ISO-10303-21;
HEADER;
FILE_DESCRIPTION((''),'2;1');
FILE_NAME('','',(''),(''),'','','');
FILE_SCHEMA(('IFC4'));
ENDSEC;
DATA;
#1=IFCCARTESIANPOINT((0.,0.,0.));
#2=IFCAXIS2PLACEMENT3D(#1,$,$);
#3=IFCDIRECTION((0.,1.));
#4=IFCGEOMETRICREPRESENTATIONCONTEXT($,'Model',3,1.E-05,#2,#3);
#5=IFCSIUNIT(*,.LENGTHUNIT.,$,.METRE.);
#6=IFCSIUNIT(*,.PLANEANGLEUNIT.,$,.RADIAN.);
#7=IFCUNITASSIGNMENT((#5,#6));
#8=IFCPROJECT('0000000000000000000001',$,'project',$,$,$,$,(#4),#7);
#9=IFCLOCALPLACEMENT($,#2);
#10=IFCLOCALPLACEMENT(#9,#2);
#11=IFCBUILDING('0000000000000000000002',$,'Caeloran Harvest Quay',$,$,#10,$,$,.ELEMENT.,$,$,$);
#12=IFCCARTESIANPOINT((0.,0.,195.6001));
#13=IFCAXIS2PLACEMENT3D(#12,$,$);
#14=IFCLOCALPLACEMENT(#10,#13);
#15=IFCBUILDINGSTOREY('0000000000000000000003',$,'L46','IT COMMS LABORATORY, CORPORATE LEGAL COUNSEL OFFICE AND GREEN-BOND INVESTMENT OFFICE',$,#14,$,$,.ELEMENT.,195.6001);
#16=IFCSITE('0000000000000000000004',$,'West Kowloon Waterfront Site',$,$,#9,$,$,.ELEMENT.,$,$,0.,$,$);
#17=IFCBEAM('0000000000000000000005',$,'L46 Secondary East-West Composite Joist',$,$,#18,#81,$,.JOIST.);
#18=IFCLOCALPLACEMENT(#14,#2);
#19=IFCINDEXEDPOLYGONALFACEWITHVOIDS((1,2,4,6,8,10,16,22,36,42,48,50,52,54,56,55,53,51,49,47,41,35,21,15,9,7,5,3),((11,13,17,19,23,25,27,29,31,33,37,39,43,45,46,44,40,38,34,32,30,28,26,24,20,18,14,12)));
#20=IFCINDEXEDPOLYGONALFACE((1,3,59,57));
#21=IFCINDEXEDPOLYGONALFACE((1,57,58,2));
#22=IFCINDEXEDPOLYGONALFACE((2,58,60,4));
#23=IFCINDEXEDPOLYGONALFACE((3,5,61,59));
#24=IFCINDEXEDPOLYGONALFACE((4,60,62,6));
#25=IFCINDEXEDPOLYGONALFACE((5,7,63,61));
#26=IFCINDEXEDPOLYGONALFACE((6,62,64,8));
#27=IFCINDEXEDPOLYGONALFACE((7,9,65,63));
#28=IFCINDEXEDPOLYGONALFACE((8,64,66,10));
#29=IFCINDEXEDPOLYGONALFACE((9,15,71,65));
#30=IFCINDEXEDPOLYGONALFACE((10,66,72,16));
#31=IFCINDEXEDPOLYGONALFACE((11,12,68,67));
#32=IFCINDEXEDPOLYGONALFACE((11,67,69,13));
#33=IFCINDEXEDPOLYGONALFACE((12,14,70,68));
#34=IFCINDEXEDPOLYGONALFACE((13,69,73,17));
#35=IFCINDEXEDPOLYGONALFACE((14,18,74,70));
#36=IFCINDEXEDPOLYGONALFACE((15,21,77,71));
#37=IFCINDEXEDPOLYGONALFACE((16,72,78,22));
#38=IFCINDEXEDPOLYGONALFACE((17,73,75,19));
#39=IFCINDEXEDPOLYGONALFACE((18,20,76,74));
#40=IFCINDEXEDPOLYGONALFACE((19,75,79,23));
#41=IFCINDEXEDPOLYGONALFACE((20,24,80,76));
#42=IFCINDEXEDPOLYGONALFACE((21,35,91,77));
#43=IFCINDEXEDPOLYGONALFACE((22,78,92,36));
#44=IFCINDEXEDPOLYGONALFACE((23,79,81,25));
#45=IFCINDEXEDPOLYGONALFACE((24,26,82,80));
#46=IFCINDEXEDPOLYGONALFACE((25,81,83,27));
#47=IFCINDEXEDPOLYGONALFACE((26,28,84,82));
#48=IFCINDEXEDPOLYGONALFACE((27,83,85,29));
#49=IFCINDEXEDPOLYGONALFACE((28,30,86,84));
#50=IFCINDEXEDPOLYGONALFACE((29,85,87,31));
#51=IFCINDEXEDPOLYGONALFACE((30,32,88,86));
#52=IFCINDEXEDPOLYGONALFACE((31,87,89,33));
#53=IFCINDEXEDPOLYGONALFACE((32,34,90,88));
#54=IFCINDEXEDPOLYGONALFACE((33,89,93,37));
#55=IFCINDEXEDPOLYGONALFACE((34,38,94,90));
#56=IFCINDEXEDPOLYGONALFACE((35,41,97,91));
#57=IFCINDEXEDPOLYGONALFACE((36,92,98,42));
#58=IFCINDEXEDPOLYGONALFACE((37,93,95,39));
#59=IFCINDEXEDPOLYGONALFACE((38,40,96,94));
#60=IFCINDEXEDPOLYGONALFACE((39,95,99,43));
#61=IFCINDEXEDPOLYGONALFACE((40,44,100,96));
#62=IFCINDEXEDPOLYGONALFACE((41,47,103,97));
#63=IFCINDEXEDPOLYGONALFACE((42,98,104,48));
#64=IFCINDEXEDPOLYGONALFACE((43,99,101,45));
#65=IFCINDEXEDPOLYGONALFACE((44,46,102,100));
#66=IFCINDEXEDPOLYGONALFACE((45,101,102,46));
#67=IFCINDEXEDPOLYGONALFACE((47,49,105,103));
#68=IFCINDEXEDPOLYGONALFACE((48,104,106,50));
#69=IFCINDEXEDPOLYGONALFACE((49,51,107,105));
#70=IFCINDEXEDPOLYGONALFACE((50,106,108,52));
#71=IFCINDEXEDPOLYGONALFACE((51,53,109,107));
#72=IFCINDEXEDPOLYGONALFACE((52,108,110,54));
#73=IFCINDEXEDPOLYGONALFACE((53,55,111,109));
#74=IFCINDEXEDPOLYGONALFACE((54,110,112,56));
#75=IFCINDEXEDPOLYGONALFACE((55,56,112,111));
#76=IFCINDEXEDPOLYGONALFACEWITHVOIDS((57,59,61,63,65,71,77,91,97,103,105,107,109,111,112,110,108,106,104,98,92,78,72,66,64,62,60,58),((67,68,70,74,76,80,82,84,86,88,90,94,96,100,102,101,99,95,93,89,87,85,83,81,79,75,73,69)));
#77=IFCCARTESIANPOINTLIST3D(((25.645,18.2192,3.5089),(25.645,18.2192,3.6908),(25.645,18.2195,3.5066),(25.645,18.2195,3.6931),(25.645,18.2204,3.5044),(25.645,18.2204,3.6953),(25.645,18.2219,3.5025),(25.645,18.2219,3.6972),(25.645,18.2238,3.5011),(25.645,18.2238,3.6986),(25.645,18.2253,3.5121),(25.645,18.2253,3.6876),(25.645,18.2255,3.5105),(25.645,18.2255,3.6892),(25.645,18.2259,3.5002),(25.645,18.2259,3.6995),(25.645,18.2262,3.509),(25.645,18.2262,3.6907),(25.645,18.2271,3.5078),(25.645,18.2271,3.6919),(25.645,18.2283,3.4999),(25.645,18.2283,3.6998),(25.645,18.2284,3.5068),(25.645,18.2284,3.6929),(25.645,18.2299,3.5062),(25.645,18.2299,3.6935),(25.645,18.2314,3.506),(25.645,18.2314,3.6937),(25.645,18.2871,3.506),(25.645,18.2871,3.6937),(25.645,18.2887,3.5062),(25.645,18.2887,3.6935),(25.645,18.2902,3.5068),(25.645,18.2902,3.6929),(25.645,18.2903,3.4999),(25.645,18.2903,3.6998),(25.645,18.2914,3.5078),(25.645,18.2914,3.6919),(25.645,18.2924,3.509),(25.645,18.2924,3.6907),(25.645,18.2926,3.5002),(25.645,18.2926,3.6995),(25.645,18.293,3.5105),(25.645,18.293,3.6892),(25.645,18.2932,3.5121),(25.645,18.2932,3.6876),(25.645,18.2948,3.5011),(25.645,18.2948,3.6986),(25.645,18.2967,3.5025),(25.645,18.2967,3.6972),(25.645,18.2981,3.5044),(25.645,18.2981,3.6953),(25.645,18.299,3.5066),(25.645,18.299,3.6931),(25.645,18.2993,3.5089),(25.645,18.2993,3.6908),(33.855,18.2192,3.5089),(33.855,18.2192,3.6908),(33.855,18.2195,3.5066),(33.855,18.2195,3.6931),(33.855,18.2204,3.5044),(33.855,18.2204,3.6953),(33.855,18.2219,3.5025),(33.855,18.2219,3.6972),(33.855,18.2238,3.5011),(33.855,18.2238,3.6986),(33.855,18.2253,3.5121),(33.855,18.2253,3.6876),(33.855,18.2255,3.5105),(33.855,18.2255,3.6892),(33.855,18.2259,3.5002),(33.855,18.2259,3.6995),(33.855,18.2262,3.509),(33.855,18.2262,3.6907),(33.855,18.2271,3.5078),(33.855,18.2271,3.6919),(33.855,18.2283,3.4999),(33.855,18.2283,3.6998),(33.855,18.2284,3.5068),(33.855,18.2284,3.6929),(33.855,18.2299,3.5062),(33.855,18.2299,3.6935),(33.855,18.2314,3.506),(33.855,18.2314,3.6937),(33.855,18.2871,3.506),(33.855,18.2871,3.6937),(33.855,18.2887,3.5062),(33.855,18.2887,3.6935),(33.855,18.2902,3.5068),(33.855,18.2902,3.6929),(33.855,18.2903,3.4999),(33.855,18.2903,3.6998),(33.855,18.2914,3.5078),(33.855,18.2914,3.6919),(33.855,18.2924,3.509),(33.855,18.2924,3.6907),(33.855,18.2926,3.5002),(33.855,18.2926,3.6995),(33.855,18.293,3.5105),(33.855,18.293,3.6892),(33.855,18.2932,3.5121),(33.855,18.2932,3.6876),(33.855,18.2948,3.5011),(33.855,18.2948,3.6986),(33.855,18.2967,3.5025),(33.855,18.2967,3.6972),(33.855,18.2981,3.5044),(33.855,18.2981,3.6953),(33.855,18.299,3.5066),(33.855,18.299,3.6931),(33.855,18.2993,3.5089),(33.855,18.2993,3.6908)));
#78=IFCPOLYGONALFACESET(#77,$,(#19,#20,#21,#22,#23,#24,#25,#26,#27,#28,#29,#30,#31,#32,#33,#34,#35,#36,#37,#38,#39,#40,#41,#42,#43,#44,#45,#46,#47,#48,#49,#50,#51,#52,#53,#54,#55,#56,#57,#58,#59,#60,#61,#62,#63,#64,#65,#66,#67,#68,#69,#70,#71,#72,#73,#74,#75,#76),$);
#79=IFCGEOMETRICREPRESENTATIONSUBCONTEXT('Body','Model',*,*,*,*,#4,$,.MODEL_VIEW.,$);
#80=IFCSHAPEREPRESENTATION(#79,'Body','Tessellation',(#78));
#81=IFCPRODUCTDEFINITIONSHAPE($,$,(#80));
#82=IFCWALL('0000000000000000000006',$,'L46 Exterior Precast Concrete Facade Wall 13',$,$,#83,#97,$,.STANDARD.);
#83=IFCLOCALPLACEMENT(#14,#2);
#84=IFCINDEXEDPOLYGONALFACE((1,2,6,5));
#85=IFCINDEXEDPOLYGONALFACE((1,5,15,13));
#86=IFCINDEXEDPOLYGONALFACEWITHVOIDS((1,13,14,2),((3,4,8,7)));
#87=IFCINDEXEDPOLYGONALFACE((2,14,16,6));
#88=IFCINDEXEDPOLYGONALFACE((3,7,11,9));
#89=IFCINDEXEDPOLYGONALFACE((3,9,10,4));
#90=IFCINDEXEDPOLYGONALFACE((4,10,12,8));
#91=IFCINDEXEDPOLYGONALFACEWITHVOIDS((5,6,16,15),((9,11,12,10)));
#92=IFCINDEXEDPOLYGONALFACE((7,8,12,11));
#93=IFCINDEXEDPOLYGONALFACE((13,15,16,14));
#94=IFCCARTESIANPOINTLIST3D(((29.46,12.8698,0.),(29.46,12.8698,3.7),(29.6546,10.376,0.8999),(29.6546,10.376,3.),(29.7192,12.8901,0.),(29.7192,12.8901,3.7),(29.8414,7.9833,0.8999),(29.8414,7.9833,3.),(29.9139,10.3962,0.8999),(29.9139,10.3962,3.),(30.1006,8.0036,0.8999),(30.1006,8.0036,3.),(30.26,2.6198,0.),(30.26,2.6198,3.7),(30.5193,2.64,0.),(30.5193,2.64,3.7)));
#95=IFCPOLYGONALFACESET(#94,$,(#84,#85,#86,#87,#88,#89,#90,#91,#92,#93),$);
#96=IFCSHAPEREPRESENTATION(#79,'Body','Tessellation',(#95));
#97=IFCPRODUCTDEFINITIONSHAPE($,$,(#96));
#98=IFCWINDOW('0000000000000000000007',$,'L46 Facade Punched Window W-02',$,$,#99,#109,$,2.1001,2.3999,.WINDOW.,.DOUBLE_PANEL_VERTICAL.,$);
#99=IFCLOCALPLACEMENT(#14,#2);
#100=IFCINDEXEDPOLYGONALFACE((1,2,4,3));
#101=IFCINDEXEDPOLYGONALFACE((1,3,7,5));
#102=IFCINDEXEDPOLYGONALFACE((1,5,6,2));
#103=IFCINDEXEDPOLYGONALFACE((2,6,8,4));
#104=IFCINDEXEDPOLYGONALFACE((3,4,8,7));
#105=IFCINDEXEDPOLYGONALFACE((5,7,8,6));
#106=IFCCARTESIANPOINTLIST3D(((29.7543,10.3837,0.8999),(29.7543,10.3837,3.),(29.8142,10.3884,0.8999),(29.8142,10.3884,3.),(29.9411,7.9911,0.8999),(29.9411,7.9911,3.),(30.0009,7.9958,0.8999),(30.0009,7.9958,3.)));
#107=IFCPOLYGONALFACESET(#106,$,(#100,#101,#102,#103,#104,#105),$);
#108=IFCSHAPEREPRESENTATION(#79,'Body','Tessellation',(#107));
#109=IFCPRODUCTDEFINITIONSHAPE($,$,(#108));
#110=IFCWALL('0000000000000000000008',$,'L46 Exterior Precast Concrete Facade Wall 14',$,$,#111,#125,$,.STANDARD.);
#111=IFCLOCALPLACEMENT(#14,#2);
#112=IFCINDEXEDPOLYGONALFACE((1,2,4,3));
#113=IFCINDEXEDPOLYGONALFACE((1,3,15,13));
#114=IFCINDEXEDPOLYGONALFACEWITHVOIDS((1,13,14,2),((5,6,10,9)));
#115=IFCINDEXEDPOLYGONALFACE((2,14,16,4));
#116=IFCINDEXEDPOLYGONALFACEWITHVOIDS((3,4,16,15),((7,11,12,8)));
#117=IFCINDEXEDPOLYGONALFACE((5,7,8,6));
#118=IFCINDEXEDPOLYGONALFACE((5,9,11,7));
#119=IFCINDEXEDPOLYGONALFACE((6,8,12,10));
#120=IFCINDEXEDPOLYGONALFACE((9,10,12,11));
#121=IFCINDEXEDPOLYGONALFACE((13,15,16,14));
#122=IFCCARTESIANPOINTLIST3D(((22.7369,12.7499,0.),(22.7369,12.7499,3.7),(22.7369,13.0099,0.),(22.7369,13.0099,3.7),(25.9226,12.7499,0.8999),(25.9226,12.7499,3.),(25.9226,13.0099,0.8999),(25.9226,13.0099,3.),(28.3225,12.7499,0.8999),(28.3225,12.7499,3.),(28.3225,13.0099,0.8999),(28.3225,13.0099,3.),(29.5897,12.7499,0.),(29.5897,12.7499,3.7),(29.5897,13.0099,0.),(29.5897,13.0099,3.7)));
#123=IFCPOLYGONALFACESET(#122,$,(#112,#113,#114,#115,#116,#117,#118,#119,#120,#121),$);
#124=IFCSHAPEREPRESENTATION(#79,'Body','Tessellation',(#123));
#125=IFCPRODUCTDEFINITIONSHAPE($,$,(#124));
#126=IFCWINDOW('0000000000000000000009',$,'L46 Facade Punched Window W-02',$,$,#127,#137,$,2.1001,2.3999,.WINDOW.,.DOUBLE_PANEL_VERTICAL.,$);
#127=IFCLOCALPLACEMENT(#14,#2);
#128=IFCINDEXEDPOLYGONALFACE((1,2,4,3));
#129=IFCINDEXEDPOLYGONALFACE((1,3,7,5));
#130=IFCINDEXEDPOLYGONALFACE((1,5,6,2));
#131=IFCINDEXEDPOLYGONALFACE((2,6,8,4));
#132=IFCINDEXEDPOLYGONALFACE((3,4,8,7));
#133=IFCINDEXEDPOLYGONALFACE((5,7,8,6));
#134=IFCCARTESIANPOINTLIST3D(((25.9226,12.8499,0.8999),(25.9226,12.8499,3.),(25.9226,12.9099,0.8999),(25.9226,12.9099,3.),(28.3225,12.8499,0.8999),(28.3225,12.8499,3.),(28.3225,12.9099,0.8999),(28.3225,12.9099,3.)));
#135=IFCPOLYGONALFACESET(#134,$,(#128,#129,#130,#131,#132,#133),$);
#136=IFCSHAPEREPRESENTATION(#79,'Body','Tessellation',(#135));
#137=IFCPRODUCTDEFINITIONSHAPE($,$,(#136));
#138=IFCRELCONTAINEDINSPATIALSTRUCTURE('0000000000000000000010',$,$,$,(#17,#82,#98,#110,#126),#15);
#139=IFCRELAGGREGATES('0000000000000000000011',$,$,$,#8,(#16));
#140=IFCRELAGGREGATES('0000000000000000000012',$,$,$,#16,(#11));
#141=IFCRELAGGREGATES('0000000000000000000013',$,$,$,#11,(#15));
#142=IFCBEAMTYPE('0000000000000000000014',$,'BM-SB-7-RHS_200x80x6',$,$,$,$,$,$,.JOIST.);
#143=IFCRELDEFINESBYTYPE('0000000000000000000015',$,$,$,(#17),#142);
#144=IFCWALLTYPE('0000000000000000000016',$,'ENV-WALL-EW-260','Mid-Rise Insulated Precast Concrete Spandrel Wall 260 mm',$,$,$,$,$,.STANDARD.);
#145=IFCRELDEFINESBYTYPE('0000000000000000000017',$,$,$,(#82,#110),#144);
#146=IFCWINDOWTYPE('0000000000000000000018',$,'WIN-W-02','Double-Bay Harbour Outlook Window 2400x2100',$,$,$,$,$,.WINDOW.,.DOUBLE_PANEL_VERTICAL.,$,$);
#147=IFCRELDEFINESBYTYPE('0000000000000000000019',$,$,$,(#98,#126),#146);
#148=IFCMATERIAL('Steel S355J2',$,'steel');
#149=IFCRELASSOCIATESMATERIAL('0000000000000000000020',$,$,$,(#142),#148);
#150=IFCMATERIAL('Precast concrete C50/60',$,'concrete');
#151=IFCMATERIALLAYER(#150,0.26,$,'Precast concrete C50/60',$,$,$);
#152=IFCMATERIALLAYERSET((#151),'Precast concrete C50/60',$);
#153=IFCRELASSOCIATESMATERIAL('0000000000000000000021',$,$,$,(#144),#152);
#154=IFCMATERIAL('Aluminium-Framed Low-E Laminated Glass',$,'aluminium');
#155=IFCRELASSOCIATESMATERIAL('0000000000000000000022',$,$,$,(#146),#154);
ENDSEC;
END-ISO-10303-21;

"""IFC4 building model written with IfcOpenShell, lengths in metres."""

from ifc_helpers import new_model, si_unit, direction, frame, frame_2d, origin, origin_2d, place, context, subcontext, project, spatial, rectangle, hollow_rectangle, extrude, material, layer, layer_set, material_profile, profile_set, type_object, element, fill, save


model = new_model("IFC4")

# Units and contexts
model_context = context("Model", 3, precision=1e-05, world=origin(), true_north=direction((0.0, 1.0)))
body_context = subcontext(model_context, "Body", "Model", "MODEL_VIEW")
ifc_project = project(units=[si_unit("LENGTHUNIT", "METRE"), si_unit("PLANEANGLEUNIT", "RADIAN")], contexts=[model_context])

# Site, building, storey
site_placement = place(None, origin())
site = spatial("IfcSite", under=ifc_project, at=site_placement, Name="West Kowloon Waterfront Site", CompositionType="ELEMENT", RefElevation=0.0)
building_placement = place(site_placement, origin())
building = spatial("IfcBuilding", under=site, at=building_placement, Name="Caeloran Harvest Quay", CompositionType="ELEMENT")
storey_placement = place(building_placement, frame((0.0, 0.0, 195.6001)))
storey = spatial("IfcBuildingStorey", under=building, at=storey_placement, Name="L46", Description="IT COMMS LABORATORY, CORPORATE LEGAL COUNSEL OFFICE AND GREEN-BOND INVESTMENT OFFICE", CompositionType="ELEMENT", Elevation=195.6001)

# Beam
ifc_material_1 = material(Name="Steel S355J2", Category="steel")
ifc_material_profile_1 = material_profile(ifc_material_1, hollow_rectangle(XDim=0.0801, YDim=0.2, WallThickness=0.0061, InnerFilletRadius=0.0061, OuterFilletRadius=0.009, at=origin_2d()), Name="RHS 200x80x6")
ifc_profile_set_1 = profile_set([ifc_material_profile_1], Name="Steel S355J2")
beam_type_1 = type_object("IfcBeamType", Name="BM-SB-7-RHS_200x80x6", PredefinedType="JOIST", material=ifc_profile_set_1)
for number, where, z_axis, x_axis, name in (
    (1, (25.645, 18.2593, 3.5999), (1.0, 0.0, 0.0), (0.0, 1.0, 0.0), "L46 Secondary East-West Composite Joist"),
):
    element("IfcBeam", number, at=place(storey_placement, frame(where, z_axis=z_axis, x_axis=x_axis)), inside=storey, type_object=beam_type_1, Name=name, PredefinedType="JOIST", context=body_context, shape_type="SweptSolid", body=[
        extrude(hollow_rectangle(XDim=0.0801, YDim=0.2, WallThickness=0.0061, InnerFilletRadius=0.0061, OuterFilletRadius=0.009, at=origin_2d()), origin(), (0.0, 0.0, 1.0), 8.21),
    ])

# Walls, openings, windows
ifc_material_2 = material(Name="Precast concrete C50/60", Category="concrete")
ifc_layer = layer(ifc_material_2, 0.26, Name="Precast concrete C50/60")
ifc_layer_set = layer_set([ifc_layer], Name="Precast concrete C50/60")
wall_type = type_object("IfcWallType", Name="ENV-WALL-EW-260", Description="Mid-Rise Insulated Precast Concrete Spandrel Wall 260 mm", PredefinedType="STANDARD", material=ifc_layer_set)
wall_1_placement = place(storey_placement, frame((30.3896, 2.6299, 0.0), z_axis=(0.0, 0.0, 1.0), x_axis=(-0.077817, 0.996968, 0.0)))
wall_1 = element("IfcWall", 2, at=wall_1_placement, inside=storey, type_object=wall_type, Name="L46 Exterior Precast Concrete Facade Wall 13", PredefinedType="STANDARD", context=body_context, shape_type="SweptSolid", body=[
    extrude(rectangle(XDim=10.2812, YDim=0.26, at=frame_2d((5.1406, 0.0))), origin(), (0.0, 0.0, 1.0), 3.7),
])
opening_1_placement = place(wall_1_placement, frame((5.3799, 0.0, 0.8999)))
opening_1 = element("IfcOpeningElement", 3, at=opening_1_placement, cuts=wall_1, PredefinedType="OPENING", context=body_context, shape_type="SweptSolid", body=[
    extrude(rectangle(XDim=2.3999, YDim=2.1001, at=frame_2d((1.2, 1.05))), frame((0.0, 0.1401, 0.0), z_axis=(0.0, -1.0, 0.0), x_axis=(1.0, 0.0, 0.0)), (0.0, 0.0, 1.0), 0.28),
])
ifc_material_3 = material(Name="Aluminium-Framed Low-E Laminated Glass", Category="aluminium")
window_type = type_object("IfcWindowType", Name="WIN-W-02", Description="Double-Bay Harbour Outlook Window 2400x2100", PartitioningType="DOUBLE_PANEL_VERTICAL", PredefinedType="WINDOW", material=ifc_material_3)
window_1_placement = place(opening_1_placement, origin())
window_1 = element("IfcWindow", 4, at=window_1_placement, inside=storey, type_object=window_type, Name="L46 Facade Punched Window W-02", OverallHeight=2.1001, OverallWidth=2.3999, PartitioningType="DOUBLE_PANEL_VERTICAL", PredefinedType="WINDOW", context=body_context, shape_type="SweptSolid", body=[
    extrude(rectangle(XDim=2.3999, YDim=2.1001, at=frame_2d((1.2, 1.05))), frame((0.0, 0.03, 0.0), z_axis=(0.0, -1.0, 0.0), x_axis=(1.0, 0.0, 0.0)), (0.0, 0.0, 1.0), 0.0601),
])
fill(opening_1, window_1)
wall_2_placement = place(storey_placement, frame((29.5896, 12.8799, 0.0), z_axis=(0.0, 0.0, 1.0), x_axis=(-1.0, 0.0, 0.0)))
wall_2 = element("IfcWall", 5, at=wall_2_placement, inside=storey, type_object=wall_type, Name="L46 Exterior Precast Concrete Facade Wall 14", PredefinedType="STANDARD", context=body_context, shape_type="SweptSolid", body=[
    extrude(rectangle(XDim=6.8528, YDim=0.26, at=frame_2d((3.4263, 0.0))), origin(), (0.0, 0.0, 1.0), 3.7),
])
opening_2_placement = place(wall_2_placement, frame((1.2671, 0.0, 0.8999)))
opening_2 = element("IfcOpeningElement", 6, at=opening_2_placement, cuts=wall_2, PredefinedType="OPENING", context=body_context, shape_type="SweptSolid", body=[
    extrude(rectangle(XDim=2.3999, YDim=2.1001, at=frame_2d((1.2, 1.05))), frame((0.0, 0.1401, 0.0), z_axis=(0.0, -1.0, 0.0), x_axis=(1.0, 0.0, 0.0)), (0.0, 0.0, 1.0), 0.28),
])
window_2_placement = place(opening_2_placement, origin())
window_2 = element("IfcWindow", 7, at=window_2_placement, inside=storey, type_object=window_type, Name="L46 Facade Punched Window W-02", OverallHeight=2.1001, OverallWidth=2.3999, PartitioningType="DOUBLE_PANEL_VERTICAL", PredefinedType="WINDOW", context=body_context, shape_type="SweptSolid", body=[
    extrude(rectangle(XDim=2.3999, YDim=2.1001, at=frame_2d((1.2, 1.05))), frame((0.0, 0.03, 0.0), z_axis=(0.0, -1.0, 0.0), x_axis=(1.0, 0.0, 0.0)), (0.0, 0.0, 1.0), 0.0601),
])
fill(opening_2, window_2)

save(model, "model.ifc")
